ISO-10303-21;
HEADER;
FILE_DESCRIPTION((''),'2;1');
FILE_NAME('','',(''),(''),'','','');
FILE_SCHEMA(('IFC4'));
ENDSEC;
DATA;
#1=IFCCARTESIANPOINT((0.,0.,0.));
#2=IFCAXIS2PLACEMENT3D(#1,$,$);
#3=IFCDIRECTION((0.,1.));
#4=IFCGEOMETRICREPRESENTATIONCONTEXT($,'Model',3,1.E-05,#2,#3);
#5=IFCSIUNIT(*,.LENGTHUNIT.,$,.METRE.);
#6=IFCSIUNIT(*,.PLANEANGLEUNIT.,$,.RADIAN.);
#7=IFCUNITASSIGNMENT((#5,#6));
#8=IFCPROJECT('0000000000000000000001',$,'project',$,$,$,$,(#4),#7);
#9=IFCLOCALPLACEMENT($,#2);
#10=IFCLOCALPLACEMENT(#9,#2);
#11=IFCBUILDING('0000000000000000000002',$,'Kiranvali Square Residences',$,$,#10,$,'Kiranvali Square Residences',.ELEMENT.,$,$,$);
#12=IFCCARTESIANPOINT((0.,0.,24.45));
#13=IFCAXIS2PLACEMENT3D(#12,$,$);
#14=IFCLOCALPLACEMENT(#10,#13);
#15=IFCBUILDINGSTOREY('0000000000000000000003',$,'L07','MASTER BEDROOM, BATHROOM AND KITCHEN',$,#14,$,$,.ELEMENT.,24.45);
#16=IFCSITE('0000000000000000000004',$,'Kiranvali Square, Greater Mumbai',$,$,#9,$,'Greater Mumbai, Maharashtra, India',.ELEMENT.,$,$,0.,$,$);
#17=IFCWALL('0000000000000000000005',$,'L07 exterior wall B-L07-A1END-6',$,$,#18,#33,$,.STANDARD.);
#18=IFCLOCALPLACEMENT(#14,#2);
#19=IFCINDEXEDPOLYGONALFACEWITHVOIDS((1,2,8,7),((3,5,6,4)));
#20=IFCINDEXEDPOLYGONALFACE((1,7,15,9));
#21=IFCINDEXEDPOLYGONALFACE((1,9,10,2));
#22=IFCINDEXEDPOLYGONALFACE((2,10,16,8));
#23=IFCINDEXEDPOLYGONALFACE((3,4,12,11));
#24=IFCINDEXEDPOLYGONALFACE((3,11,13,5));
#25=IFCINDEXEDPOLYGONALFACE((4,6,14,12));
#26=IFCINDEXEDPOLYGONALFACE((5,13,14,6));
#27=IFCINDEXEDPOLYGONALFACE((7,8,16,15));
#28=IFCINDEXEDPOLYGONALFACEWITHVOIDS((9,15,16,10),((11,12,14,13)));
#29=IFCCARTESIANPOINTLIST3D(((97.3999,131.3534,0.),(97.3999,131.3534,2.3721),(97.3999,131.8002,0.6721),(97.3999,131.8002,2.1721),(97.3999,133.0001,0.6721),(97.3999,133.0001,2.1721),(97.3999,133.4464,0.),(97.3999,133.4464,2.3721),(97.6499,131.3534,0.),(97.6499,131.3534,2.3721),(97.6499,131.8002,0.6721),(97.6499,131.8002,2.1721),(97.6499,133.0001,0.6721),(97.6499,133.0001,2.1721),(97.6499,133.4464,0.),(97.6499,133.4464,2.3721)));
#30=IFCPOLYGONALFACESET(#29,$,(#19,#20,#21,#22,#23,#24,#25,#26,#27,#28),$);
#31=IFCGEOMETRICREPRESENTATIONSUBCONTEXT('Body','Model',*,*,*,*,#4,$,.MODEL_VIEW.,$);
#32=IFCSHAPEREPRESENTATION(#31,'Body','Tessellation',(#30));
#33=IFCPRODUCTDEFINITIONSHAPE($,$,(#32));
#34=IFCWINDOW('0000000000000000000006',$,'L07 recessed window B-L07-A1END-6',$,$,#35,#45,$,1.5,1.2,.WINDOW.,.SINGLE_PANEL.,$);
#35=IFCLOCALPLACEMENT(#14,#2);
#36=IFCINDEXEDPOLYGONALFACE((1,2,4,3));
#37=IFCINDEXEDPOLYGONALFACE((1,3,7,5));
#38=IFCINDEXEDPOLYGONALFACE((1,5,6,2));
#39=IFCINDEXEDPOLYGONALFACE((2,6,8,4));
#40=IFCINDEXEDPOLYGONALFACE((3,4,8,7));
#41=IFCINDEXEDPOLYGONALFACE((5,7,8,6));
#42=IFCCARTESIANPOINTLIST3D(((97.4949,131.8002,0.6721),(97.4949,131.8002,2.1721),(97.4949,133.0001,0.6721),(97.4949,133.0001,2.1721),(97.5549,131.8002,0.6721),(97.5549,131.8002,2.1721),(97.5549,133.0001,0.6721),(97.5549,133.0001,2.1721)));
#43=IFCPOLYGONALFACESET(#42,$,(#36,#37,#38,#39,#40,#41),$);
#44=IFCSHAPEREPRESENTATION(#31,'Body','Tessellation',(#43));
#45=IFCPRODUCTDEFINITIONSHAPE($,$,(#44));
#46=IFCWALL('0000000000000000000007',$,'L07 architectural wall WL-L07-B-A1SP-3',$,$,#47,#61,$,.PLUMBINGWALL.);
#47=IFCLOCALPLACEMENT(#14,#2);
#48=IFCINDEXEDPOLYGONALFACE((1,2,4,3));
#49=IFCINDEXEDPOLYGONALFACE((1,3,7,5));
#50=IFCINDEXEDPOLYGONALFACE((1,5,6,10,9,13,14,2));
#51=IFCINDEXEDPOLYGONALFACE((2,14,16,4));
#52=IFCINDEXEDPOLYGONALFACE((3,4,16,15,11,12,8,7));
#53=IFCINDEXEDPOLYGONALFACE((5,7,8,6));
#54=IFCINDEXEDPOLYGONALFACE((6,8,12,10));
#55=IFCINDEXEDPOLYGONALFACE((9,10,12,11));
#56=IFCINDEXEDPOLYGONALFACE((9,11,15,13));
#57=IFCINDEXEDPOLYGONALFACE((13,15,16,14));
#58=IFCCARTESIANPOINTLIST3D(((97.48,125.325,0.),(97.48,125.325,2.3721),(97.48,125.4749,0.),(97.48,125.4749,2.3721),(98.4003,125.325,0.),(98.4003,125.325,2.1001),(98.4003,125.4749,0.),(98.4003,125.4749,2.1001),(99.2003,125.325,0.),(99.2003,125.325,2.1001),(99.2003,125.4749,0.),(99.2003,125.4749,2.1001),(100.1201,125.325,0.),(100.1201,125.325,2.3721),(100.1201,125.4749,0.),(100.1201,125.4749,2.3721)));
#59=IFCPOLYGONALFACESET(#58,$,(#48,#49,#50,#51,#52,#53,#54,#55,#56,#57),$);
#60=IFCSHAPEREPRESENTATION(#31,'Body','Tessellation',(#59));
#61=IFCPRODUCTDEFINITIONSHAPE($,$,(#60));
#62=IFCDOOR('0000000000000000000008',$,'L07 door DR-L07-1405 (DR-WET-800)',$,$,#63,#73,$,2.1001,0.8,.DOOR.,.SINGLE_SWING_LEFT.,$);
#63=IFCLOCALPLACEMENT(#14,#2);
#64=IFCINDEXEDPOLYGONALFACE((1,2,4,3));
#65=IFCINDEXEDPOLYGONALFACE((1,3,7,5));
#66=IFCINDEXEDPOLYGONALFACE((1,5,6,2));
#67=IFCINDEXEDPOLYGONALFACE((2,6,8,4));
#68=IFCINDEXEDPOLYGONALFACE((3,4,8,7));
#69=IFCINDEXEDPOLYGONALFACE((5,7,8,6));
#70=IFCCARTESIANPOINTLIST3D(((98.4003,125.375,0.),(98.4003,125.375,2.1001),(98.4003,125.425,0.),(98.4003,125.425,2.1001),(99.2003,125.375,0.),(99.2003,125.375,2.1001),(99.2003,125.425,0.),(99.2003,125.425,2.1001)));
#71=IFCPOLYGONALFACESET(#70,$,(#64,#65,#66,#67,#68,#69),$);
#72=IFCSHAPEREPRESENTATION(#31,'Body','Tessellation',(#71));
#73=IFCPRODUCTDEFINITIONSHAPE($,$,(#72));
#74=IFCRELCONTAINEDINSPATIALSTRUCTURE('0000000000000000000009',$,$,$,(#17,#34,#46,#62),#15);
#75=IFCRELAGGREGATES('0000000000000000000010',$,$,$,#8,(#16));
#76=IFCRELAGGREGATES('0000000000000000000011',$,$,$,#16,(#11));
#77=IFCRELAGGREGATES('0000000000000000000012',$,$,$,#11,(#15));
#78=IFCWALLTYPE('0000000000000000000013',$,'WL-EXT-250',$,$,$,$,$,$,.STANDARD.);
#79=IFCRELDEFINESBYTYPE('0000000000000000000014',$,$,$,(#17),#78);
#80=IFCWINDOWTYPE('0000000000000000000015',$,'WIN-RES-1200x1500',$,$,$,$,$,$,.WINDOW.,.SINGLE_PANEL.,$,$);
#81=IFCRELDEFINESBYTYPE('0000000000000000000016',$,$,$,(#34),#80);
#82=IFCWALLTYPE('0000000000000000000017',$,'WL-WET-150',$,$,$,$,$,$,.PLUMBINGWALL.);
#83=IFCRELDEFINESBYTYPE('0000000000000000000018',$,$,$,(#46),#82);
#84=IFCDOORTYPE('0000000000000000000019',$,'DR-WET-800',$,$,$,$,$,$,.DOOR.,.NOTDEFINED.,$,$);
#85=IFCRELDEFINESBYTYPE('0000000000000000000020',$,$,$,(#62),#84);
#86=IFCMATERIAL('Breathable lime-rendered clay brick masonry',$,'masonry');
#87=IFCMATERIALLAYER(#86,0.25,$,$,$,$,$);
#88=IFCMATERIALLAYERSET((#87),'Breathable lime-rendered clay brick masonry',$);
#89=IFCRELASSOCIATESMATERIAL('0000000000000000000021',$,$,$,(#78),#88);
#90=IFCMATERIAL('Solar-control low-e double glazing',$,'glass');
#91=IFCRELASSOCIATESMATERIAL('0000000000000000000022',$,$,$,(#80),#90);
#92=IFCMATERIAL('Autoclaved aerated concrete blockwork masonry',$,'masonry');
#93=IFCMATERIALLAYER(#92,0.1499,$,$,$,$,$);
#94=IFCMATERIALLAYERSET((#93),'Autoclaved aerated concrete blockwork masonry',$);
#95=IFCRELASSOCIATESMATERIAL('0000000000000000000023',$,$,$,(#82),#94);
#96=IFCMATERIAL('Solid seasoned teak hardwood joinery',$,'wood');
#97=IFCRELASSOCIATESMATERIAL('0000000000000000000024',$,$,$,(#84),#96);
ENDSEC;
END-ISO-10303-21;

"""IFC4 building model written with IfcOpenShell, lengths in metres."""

from ifc_helpers import new_model, si_unit, direction, frame, frame_2d, origin, place, context, subcontext, project, spatial, rectangle, extrude, material, layer, layer_set, type_object, element, fill, save


model = new_model("IFC4")

# Units and contexts
model_context = context("Model", 3, precision=1e-05, world=origin(), true_north=direction((0.0, 1.0)))
body_context = subcontext(model_context, "Body", "Model", "MODEL_VIEW")
ifc_project = project(units=[si_unit("LENGTHUNIT", "METRE"), si_unit("PLANEANGLEUNIT", "RADIAN")], contexts=[model_context])

# Site, building, storey
site_placement = place(None, origin())
site = spatial("IfcSite", under=ifc_project, at=site_placement, Name="Kiranvali Square, Greater Mumbai", LongName="Greater Mumbai, Maharashtra, India", CompositionType="ELEMENT", RefElevation=0.0)
building_placement = place(site_placement, origin())
building = spatial("IfcBuilding", under=site, at=building_placement, Name="Kiranvali Square Residences", LongName="Kiranvali Square Residences", CompositionType="ELEMENT")
storey_placement = place(building_placement, frame((0.0, 0.0, 24.45)))
storey = spatial("IfcBuildingStorey", under=building, at=storey_placement, Name="L07", Description="MASTER BEDROOM, BATHROOM AND KITCHEN", CompositionType="ELEMENT", Elevation=24.45)

# Shared definitions
ifc_material_1 = material(Name="Autoclaved aerated concrete blockwork masonry", Category="masonry")

# Wall, opening, window
ifc_material_2 = material(Name="Breathable lime-rendered clay brick masonry", Category="masonry")
ifc_layer_1 = layer(ifc_material_2, 0.25)
ifc_layer_set_1 = layer_set([ifc_layer_1], Name="Breathable lime-rendered clay brick masonry")
wall_type_1 = type_object("IfcWallType", Name="WL-EXT-250", PredefinedType="STANDARD", material=ifc_layer_set_1)
ifc_material_3 = material(Name="Solar-control low-e double glazing", Category="glass")
window_type_1 = type_object("IfcWindowType", Name="WIN-RES-1200x1500", PartitioningType="SINGLE_PANEL", PredefinedType="WINDOW", material=ifc_material_3)
wall_1_placement = place(storey_placement, frame((97.5249, 131.3535, 0.0), z_axis=(0.0, 0.0, 1.0), x_axis=(0.0, 1.0, 0.0)))
wall_1 = element("IfcWall", 1, at=wall_1_placement, inside=storey, type_object=wall_type_1, Name="L07 exterior wall B-L07-A1END-6", PredefinedType="STANDARD", context=body_context, shape_type="SweptSolid", body=[
    extrude(rectangle(XDim=2.093, YDim=0.25, at=frame_2d((1.0464, 0.0))), origin(), (0.0, 0.0, 1.0), 2.3721),
])
opening_1_placement = place(wall_1_placement, frame((0.4465, 0.0, 0.6721)))
opening_1 = element("IfcOpeningElement", 2, at=opening_1_placement, cuts=wall_1, PredefinedType="OPENING", context=body_context, shape_type="SweptSolid", body=[
    extrude(rectangle(XDim=1.2, YDim=1.5, at=frame_2d((0.6001, 0.75))), frame((0.0, 0.135, 0.0), z_axis=(0.0, -1.0, 0.0), x_axis=(1.0, 0.0, 0.0)), (0.0, 0.0, 1.0), 0.27),
])
window_1_placement = place(opening_1_placement, origin())
window_1 = element("IfcWindow", 3, at=window_1_placement, inside=storey, type_object=window_type_1, Name="L07 recessed window B-L07-A1END-6", OverallHeight=1.5, OverallWidth=1.2, PartitioningType="SINGLE_PANEL", PredefinedType="WINDOW", context=body_context, shape_type="SweptSolid", body=[
    extrude(rectangle(XDim=1.2, YDim=1.5, at=frame_2d((0.6001, 0.75))), frame((0.0, 0.03, 0.0), z_axis=(0.0, -1.0, 0.0), x_axis=(1.0, 0.0, 0.0)), (0.0, 0.0, 1.0), 0.0601),
])
fill(opening_1, window_1)

# Wall, opening, door
ifc_layer_2 = layer(ifc_material_1, 0.1499)
ifc_layer_set_2 = layer_set([ifc_layer_2], Name="Autoclaved aerated concrete blockwork masonry")
wall_type_2 = type_object("IfcWallType", Name="WL-WET-150", PredefinedType="PLUMBINGWALL", material=ifc_layer_set_2)
wall_2_placement = place(storey_placement, frame((100.1201, 125.3999, 0.0), z_axis=(0.0, 0.0, 1.0), x_axis=(-1.0, 0.0, 0.0)))
wall_2 = element("IfcWall", 4, at=wall_2_placement, inside=storey, type_object=wall_type_2, Name="L07 architectural wall WL-L07-B-A1SP-3", PredefinedType="PLUMBINGWALL", context=body_context, shape_type="SweptSolid", body=[
    extrude(rectangle(XDim=2.6401, YDim=0.1499, at=frame_2d((1.3201, 0.0))), origin(), (0.0, 0.0, 1.0), 2.3721),
])
opening_2_placement = place(wall_2_placement, frame((0.9199, 0.0, 0.0)))
opening_2 = element("IfcOpeningElement", 5, at=opening_2_placement, cuts=wall_2, PredefinedType="OPENING", context=body_context, shape_type="SweptSolid", body=[
    extrude(rectangle(XDim=0.8, YDim=2.1001, at=frame_2d((0.3999, 1.05))), frame((0.0, 0.085, 0.0), z_axis=(0.0, -1.0, 0.0), x_axis=(1.0, 0.0, 0.0)), (0.0, 0.0, 1.0), 0.1699),
])
ifc_material_4 = material(Name="Solid seasoned teak hardwood joinery", Category="wood")
door_type = type_object("IfcDoorType", Name="DR-WET-800", OperationType="NOTDEFINED", PredefinedType="DOOR", material=ifc_material_4)
door_placement = place(opening_2_placement, origin())
door = element("IfcDoor", 6, at=door_placement, inside=storey, type_object=door_type, Name="L07 door DR-L07-1405 (DR-WET-800)", OperationType="SINGLE_SWING_LEFT", OverallHeight=2.1001, OverallWidth=0.8, PredefinedType="DOOR", context=body_context, shape_type="SweptSolid", body=[
    extrude(rectangle(XDim=0.8, YDim=2.1001, at=frame_2d((0.3999, 1.05))), frame((0.0, 0.0249, 0.0), z_axis=(0.0, -1.0, 0.0), x_axis=(1.0, 0.0, 0.0)), (0.0, 0.0, 1.0), 0.05),
])
fill(opening_2, door)

save(model, "model.ifc")
